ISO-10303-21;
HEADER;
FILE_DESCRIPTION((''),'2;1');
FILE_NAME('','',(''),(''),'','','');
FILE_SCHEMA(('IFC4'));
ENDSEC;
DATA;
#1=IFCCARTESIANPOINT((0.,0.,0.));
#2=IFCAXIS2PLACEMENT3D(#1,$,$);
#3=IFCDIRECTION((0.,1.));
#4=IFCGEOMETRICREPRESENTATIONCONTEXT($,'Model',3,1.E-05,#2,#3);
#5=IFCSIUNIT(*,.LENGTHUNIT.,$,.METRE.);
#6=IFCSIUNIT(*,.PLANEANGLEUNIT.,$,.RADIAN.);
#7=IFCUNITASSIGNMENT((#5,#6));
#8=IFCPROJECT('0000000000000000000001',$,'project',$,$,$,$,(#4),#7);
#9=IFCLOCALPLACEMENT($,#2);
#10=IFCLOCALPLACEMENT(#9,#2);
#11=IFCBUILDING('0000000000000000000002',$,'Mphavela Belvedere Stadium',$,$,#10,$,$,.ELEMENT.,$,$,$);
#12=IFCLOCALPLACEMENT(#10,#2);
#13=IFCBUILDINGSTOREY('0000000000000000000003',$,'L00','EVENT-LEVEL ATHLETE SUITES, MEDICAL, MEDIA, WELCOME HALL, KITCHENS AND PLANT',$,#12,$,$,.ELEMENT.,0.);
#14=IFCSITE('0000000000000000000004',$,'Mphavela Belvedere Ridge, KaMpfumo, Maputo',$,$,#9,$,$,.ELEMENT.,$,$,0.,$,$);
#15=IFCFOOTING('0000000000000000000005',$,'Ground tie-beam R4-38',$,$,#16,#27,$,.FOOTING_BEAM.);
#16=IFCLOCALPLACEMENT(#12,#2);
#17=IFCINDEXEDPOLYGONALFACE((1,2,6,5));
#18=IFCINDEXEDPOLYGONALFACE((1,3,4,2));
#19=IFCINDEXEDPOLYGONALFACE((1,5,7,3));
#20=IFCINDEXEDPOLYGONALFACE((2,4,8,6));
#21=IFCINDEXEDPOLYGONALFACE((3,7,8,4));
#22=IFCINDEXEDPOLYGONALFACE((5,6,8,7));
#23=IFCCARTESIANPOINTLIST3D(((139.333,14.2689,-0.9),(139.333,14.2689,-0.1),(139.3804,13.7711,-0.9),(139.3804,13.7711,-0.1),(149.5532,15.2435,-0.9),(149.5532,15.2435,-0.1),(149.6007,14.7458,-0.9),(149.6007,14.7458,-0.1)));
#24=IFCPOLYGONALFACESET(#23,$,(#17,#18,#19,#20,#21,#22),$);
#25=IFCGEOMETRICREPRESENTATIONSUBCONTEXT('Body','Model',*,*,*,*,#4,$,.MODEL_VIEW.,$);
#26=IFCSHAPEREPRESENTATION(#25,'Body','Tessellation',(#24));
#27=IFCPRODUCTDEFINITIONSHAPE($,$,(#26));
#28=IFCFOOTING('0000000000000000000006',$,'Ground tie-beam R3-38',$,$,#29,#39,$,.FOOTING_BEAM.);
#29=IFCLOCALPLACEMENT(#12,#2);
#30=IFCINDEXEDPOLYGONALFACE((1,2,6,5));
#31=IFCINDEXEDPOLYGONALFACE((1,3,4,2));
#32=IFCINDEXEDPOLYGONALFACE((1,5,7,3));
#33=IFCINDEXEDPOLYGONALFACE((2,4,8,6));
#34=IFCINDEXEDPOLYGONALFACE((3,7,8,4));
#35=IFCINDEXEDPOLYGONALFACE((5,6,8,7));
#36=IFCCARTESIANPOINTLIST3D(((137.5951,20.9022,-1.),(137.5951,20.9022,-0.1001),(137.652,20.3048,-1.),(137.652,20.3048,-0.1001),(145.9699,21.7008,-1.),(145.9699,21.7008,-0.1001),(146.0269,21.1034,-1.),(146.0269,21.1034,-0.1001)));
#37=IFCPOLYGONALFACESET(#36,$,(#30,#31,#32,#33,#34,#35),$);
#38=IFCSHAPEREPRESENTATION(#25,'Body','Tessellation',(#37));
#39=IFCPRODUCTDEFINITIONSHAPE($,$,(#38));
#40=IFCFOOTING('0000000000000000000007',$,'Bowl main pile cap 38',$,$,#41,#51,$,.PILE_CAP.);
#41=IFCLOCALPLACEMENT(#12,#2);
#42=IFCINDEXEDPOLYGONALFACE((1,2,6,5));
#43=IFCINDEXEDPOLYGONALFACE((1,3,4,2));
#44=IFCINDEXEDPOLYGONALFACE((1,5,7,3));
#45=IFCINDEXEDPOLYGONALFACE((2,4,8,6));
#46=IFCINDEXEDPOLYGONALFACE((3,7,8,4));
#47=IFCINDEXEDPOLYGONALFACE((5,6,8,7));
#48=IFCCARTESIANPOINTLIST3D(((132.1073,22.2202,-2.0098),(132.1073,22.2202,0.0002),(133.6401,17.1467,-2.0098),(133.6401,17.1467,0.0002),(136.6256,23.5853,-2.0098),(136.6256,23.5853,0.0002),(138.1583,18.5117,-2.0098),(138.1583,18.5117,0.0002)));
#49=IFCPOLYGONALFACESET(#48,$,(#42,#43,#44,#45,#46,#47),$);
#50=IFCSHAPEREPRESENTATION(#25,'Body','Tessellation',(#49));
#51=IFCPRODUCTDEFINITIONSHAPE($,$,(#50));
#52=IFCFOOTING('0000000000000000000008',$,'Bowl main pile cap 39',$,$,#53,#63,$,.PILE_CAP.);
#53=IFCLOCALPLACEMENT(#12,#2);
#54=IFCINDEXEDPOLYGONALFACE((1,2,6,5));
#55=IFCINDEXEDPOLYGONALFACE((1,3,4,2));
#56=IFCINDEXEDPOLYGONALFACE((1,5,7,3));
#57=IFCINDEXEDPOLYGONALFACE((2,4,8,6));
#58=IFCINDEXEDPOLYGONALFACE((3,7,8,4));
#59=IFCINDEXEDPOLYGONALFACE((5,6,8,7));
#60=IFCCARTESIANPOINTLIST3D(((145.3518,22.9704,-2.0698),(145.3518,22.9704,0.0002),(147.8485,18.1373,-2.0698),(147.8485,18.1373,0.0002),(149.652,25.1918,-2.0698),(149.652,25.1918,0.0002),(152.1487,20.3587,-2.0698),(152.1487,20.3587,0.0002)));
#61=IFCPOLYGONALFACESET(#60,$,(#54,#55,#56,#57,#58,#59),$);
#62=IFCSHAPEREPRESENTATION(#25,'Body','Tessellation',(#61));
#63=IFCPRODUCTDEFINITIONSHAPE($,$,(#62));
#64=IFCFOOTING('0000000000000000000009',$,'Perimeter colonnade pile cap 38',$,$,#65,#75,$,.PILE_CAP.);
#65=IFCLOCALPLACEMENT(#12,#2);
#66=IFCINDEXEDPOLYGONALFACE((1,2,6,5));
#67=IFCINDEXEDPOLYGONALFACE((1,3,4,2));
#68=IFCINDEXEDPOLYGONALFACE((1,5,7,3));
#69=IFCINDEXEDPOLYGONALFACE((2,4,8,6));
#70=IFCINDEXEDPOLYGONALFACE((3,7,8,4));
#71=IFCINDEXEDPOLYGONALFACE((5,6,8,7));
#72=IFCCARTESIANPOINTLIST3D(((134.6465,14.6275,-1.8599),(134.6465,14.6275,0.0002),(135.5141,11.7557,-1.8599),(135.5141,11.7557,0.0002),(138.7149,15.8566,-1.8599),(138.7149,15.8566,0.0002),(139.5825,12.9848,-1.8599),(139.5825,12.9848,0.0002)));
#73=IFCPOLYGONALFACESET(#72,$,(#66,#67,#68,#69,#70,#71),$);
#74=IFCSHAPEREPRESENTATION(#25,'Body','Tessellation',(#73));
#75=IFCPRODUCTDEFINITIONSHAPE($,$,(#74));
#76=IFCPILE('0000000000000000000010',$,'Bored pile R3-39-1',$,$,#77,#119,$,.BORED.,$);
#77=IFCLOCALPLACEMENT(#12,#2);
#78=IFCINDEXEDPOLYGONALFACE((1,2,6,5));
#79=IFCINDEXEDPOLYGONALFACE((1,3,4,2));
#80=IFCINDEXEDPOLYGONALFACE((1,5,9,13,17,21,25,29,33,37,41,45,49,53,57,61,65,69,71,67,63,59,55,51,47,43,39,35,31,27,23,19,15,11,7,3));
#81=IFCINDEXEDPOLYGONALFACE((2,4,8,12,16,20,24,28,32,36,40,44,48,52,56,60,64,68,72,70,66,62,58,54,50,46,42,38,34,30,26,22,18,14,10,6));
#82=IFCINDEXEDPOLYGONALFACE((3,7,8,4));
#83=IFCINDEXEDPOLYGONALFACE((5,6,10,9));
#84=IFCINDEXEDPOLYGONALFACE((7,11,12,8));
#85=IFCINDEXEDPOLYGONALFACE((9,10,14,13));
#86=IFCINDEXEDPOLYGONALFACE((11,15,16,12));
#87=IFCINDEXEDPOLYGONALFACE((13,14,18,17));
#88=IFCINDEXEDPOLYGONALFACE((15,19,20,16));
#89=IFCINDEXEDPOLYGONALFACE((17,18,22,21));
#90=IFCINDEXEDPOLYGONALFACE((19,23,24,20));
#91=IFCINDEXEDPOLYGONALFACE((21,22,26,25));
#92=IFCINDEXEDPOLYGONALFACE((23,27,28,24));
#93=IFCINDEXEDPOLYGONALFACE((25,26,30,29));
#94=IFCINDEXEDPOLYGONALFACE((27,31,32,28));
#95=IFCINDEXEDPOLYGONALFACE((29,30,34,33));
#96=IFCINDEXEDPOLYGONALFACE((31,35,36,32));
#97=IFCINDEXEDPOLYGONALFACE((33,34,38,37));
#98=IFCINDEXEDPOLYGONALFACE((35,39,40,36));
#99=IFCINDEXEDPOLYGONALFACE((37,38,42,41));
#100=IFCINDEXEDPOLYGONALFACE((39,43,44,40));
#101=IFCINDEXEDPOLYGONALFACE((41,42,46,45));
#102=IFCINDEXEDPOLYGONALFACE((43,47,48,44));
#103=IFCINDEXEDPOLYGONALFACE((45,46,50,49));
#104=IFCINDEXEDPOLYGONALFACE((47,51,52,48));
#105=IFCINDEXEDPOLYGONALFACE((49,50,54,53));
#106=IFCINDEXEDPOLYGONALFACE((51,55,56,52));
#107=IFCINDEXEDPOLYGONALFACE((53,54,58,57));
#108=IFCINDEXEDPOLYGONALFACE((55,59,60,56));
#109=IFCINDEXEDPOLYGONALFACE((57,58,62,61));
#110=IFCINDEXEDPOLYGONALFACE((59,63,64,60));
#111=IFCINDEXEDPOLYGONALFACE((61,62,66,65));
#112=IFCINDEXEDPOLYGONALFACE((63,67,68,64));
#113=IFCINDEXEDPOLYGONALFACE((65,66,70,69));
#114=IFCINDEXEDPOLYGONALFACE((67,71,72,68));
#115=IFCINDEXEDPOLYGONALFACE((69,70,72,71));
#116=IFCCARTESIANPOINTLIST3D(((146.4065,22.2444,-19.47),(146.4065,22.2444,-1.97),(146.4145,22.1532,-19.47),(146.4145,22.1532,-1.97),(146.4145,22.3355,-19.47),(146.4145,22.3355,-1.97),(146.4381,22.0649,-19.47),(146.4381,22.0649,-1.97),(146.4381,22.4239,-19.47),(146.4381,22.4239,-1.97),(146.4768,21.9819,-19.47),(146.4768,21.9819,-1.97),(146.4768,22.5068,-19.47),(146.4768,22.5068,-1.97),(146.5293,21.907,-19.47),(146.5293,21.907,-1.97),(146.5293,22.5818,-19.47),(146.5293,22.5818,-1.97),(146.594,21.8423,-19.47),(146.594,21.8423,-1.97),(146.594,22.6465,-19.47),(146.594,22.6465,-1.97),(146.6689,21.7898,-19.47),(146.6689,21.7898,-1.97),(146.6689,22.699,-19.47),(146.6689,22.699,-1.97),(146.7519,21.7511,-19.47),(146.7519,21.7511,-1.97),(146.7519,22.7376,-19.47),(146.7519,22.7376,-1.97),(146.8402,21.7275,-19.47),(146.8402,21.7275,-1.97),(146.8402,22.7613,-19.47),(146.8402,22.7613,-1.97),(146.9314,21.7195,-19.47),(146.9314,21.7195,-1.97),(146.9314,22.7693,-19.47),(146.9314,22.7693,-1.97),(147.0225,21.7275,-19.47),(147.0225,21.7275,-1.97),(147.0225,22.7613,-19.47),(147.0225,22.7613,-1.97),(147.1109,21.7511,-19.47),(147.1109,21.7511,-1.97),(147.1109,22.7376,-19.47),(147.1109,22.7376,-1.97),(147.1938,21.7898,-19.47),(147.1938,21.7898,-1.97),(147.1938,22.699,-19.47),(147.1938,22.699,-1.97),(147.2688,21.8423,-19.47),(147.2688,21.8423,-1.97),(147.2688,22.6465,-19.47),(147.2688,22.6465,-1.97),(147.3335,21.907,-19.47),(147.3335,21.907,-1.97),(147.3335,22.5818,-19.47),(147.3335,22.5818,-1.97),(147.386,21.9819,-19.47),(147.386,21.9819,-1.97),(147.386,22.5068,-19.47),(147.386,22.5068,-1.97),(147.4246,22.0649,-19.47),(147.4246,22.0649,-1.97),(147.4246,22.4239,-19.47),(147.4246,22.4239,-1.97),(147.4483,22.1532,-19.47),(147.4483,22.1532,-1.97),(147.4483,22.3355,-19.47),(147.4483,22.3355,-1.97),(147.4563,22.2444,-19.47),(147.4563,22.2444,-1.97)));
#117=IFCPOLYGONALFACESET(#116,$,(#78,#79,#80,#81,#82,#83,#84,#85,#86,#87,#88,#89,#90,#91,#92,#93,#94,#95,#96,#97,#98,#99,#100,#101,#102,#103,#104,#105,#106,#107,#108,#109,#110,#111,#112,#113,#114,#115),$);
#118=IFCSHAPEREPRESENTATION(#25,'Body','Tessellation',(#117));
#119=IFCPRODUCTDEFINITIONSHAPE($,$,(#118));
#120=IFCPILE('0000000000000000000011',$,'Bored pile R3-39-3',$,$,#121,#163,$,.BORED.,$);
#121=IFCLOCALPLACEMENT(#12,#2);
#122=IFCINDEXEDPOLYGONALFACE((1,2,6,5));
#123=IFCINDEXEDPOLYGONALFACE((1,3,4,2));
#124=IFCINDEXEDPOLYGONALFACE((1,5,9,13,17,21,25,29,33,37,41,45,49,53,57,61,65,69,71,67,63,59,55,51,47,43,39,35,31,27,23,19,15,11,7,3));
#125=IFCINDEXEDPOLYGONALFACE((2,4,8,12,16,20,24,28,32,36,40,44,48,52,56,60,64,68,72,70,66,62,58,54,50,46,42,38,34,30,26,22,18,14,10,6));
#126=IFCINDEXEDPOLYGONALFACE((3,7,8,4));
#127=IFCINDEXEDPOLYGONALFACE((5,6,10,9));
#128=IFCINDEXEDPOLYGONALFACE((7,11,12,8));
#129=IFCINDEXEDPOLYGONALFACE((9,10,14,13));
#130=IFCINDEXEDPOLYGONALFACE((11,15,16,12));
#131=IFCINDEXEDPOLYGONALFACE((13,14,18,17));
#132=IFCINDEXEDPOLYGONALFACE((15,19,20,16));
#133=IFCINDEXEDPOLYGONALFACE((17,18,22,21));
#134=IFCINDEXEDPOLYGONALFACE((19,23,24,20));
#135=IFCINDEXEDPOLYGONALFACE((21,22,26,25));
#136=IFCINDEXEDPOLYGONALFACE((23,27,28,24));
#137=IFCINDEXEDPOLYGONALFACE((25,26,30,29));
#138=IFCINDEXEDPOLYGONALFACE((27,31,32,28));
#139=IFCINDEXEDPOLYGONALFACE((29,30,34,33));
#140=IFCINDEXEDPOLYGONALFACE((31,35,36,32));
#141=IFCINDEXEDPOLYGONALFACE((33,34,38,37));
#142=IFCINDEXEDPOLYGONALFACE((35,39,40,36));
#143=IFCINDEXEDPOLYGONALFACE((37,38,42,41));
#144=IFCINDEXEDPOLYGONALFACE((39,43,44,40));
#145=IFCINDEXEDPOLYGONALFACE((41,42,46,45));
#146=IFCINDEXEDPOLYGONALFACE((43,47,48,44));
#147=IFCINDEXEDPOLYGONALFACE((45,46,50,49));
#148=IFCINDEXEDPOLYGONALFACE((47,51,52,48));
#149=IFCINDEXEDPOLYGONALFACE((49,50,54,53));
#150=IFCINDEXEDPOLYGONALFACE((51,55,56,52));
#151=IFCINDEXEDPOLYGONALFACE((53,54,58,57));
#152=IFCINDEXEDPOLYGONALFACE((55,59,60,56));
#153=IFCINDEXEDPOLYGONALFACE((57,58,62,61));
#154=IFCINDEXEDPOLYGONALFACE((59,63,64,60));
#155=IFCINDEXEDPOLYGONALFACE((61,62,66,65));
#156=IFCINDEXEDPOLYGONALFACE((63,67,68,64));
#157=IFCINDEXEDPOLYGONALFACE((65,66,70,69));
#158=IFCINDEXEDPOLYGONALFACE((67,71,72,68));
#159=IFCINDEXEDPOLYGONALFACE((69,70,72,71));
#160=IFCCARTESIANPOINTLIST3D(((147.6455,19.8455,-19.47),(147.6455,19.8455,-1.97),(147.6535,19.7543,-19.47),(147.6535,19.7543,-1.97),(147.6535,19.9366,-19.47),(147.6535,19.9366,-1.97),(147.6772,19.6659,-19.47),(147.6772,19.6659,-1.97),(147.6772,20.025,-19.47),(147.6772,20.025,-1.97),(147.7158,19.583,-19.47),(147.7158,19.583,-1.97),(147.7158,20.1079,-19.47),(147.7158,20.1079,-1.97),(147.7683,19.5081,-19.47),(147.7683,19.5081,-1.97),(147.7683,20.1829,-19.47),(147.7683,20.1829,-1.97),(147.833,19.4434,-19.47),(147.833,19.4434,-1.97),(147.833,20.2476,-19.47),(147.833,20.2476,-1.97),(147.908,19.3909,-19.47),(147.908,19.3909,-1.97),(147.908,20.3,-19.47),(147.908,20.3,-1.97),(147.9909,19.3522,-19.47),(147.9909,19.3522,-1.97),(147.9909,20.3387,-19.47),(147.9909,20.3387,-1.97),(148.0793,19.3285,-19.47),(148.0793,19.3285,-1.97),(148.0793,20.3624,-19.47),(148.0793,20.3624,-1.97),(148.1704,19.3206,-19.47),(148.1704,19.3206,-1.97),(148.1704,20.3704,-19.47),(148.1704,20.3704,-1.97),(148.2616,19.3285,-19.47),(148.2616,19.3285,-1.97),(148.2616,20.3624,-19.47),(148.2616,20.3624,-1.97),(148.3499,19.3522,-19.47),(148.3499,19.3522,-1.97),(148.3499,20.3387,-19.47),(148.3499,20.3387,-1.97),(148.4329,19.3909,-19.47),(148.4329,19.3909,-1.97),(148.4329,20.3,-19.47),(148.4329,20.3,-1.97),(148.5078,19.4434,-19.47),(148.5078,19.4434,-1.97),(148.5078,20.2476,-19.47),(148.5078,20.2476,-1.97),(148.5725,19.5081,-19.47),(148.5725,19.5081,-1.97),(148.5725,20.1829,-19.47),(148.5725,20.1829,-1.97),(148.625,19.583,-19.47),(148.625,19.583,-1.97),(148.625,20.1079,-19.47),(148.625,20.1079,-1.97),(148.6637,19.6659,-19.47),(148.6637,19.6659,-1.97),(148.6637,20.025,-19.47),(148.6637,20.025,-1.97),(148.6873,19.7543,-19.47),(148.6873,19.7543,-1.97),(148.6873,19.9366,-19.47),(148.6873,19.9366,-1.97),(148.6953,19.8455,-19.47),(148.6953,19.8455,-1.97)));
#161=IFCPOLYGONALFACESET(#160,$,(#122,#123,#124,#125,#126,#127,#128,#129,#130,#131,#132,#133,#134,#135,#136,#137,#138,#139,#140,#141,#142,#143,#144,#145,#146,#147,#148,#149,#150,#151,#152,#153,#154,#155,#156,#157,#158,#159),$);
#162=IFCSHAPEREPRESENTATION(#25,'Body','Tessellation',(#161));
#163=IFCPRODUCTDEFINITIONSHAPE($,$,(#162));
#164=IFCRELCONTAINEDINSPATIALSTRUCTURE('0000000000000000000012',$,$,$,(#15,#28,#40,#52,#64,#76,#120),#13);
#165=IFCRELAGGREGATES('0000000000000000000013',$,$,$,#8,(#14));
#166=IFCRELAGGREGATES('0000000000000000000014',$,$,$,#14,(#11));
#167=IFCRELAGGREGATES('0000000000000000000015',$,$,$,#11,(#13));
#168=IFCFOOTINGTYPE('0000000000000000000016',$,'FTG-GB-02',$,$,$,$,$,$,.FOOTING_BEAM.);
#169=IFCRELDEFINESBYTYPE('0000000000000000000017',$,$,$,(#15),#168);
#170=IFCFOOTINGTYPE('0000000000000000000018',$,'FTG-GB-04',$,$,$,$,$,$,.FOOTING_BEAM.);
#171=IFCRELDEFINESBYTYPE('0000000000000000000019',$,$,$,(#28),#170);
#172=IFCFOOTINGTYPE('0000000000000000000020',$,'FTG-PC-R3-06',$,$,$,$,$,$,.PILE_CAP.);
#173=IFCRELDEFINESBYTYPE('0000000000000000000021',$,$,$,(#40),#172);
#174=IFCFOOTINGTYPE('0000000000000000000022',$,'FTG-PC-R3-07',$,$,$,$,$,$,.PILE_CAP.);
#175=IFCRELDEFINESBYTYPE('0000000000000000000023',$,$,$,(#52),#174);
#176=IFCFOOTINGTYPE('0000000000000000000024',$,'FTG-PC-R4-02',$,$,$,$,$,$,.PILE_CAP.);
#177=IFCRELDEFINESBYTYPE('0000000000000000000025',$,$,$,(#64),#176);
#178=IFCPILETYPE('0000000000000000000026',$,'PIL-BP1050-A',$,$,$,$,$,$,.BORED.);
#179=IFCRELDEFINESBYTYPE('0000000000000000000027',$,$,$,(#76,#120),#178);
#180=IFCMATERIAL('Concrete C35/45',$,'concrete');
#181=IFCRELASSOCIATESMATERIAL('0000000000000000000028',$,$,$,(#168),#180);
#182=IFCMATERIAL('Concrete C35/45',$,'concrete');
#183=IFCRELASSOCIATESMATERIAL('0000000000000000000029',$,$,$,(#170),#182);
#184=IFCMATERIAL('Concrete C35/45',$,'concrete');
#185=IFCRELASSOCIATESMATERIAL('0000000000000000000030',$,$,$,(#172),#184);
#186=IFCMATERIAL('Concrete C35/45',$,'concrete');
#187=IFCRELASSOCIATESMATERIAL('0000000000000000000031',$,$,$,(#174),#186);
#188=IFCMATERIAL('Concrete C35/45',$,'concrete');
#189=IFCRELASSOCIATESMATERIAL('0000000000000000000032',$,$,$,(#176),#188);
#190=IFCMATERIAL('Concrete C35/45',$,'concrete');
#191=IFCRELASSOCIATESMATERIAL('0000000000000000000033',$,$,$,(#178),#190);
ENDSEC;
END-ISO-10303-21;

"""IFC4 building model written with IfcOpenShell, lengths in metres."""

from ifc_helpers import new_model, si_unit, direction, frame, origin, origin_2d, place, context, subcontext, project, spatial, rectangle, circle, extrude, material, material_profile, profile_set, type_object, element, save


model = new_model("IFC4")

# Units and contexts
model_context = context("Model", 3, precision=1e-05, world=origin(), true_north=direction((0.0, 1.0)))
body_context = subcontext(model_context, "Body", "Model", "MODEL_VIEW")
ifc_project = project(units=[si_unit("LENGTHUNIT", "METRE"), si_unit("PLANEANGLEUNIT", "RADIAN")], contexts=[model_context])

# Site, building, storey
site_placement = place(None, origin())
site = spatial("IfcSite", under=ifc_project, at=site_placement, Name="Mphavela Belvedere Ridge, KaMpfumo, Maputo", CompositionType="ELEMENT", RefElevation=0.0)
building_placement = place(site_placement, origin())
building = spatial("IfcBuilding", under=site, at=building_placement, Name="Mphavela Belvedere Stadium", CompositionType="ELEMENT")
storey_placement = place(building_placement, origin())
storey = spatial("IfcBuildingStorey", under=building, at=storey_placement, Name="L00", Description="EVENT-LEVEL ATHLETE SUITES, MEDICAL, MEDIA, WELCOME HALL, KITCHENS AND PLANT", CompositionType="ELEMENT", Elevation=0.0)

# Footings
ifc_material_1 = material(Name="Concrete C35/45", Category="concrete")
ifc_material_profile_1 = material_profile(ifc_material_1, rectangle(XDim=0.5, YDim=0.8, at=origin_2d()), Name="GB 500x800")
ifc_profile_set_1 = profile_set([ifc_material_profile_1], Name="Concrete C35/45")
footing_type_1 = type_object("IfcFootingType", Name="FTG-GB-02", PredefinedType="FOOTING_BEAM", material=ifc_profile_set_1)
footing_1_placement = place(storey_placement, frame((139.3567, 14.02, -0.5), z_axis=(0.995484, 0.09493, 0.0), x_axis=(-0.09493, 0.995484, 0.0)))
element("IfcFooting", 1, at=footing_1_placement, inside=storey, type_object=footing_type_1, Name="Ground tie-beam R4-38", PredefinedType="FOOTING_BEAM", context=body_context, shape_type="SweptSolid", body=[
    extrude(rectangle(XDim=0.5, YDim=0.8, at=origin_2d()), origin(), (0.0, 0.0, 1.0), 10.2666),
])
ifc_material_2 = material(Name="Concrete C35/45", Category="concrete")
ifc_material_profile_2 = material_profile(ifc_material_2, rectangle(XDim=0.6001, YDim=0.8999, at=origin_2d()), Name="GB 600x900")
ifc_profile_set_2 = profile_set([ifc_material_profile_2], Name="Concrete C35/45")
footing_type_2 = type_object("IfcFootingType", Name="FTG-GB-04", PredefinedType="FOOTING_BEAM", material=ifc_profile_set_2)
footing_2_placement = place(storey_placement, frame((137.6235, 20.6035, -0.55), z_axis=(0.995484, 0.094925, 0.0), x_axis=(-0.094925, 0.995484, 0.0)))
element("IfcFooting", 2, at=footing_2_placement, inside=storey, type_object=footing_type_2, Name="Ground tie-beam R3-38", PredefinedType="FOOTING_BEAM", context=body_context, shape_type="SweptSolid", body=[
    extrude(rectangle(XDim=0.6001, YDim=0.8999, at=origin_2d()), origin(), (0.0, 0.0, 1.0), 8.4128),
])
ifc_material_3 = material(Name="Concrete C35/45", Category="concrete")
footing_type_3 = type_object("IfcFootingType", Name="FTG-PC-R3-06", PredefinedType="PILE_CAP", material=ifc_material_3)
footing_3_placement = place(storey_placement, frame((135.1328, 20.366, -2.0098), z_axis=(0.0, 0.0, 1.0), x_axis=(0.289199, -0.957269, 0.0)))
element("IfcFooting", 3, at=footing_3_placement, inside=storey, type_object=footing_type_3, Name="Bowl main pile cap 38", PredefinedType="PILE_CAP", context=body_context, shape_type="SweptSolid", body=[
    extrude(rectangle(XDim=5.3, YDim=4.72, at=origin_2d()), origin(), (0.0, 0.0, 1.0), 2.01),
])
ifc_material_4 = material(Name="Concrete C35/45", Category="concrete")
footing_type_4 = type_object("IfcFootingType", Name="FTG-PC-R3-07", PredefinedType="PILE_CAP", material=ifc_material_4)
footing_4_placement = place(storey_placement, frame((148.7502, 21.6646, -2.0698), z_axis=(0.0, 0.0, 1.0), x_axis=(0.45896, -0.888457, 0.0)))
element("IfcFooting", 4, at=footing_4_placement, inside=storey, type_object=footing_type_4, Name="Bowl main pile cap 39", PredefinedType="PILE_CAP", context=body_context, shape_type="SweptSolid", body=[
    extrude(rectangle(XDim=5.4399, YDim=4.8401, at=origin_2d()), origin(), (0.0, 0.0, 1.0), 2.0701),
])
ifc_material_5 = material(Name="Concrete C35/45", Category="concrete")
footing_type_5 = type_object("IfcFootingType", Name="FTG-PC-R4-02", PredefinedType="PILE_CAP", material=ifc_material_5)
footing_5_placement = place(storey_placement, frame((137.1145, 13.8062, -1.8599), z_axis=(0.0, 0.0, 1.0), x_axis=(0.957269, 0.289199, 0.0)))
element("IfcFooting", 5, at=footing_5_placement, inside=storey, type_object=footing_type_5, Name="Perimeter colonnade pile cap 38", PredefinedType="PILE_CAP", context=body_context, shape_type="SweptSolid", body=[
    extrude(rectangle(XDim=4.25, YDim=3.0, at=origin_2d()), origin(), (0.0, 0.0, 1.0), 1.8601),
])

# Piles
ifc_material_6 = material(Name="Concrete C35/45", Category="concrete")
ifc_material_profile_3 = material_profile(ifc_material_6, circle(Radius=0.5249, at=origin_2d()), Name="BP D1050")
ifc_profile_set_3 = profile_set([ifc_material_profile_3], Name="Concrete C35/45")
pile_type_1 = type_object("IfcPileType", Name="PIL-BP1050-A", PredefinedType="BORED", material=ifc_profile_set_3)
for number, where, z_axis, x_axis, name in (
    (6, (146.9314, 22.2444, -1.97), (0.0, 0.0, -1.0), (1.0, 0.0, 0.0), "Bored pile R3-39-1"),
    (7, (148.1704, 19.8455, -1.97), (0.0, 0.0, -1.0), (1.0, 0.0, 0.0), "Bored pile R3-39-3"),
):
    element("IfcPile", number, at=place(storey_placement, frame(where, z_axis=z_axis, x_axis=x_axis)), inside=storey, type_object=pile_type_1, Name=name, PredefinedType="BORED", context=body_context, shape_type="SweptSolid", body=[
        extrude(circle(Radius=0.5249, at=origin_2d()), origin(), (0.0, 0.0, 1.0), 17.5),
    ])

save(model, "model.ifc")
